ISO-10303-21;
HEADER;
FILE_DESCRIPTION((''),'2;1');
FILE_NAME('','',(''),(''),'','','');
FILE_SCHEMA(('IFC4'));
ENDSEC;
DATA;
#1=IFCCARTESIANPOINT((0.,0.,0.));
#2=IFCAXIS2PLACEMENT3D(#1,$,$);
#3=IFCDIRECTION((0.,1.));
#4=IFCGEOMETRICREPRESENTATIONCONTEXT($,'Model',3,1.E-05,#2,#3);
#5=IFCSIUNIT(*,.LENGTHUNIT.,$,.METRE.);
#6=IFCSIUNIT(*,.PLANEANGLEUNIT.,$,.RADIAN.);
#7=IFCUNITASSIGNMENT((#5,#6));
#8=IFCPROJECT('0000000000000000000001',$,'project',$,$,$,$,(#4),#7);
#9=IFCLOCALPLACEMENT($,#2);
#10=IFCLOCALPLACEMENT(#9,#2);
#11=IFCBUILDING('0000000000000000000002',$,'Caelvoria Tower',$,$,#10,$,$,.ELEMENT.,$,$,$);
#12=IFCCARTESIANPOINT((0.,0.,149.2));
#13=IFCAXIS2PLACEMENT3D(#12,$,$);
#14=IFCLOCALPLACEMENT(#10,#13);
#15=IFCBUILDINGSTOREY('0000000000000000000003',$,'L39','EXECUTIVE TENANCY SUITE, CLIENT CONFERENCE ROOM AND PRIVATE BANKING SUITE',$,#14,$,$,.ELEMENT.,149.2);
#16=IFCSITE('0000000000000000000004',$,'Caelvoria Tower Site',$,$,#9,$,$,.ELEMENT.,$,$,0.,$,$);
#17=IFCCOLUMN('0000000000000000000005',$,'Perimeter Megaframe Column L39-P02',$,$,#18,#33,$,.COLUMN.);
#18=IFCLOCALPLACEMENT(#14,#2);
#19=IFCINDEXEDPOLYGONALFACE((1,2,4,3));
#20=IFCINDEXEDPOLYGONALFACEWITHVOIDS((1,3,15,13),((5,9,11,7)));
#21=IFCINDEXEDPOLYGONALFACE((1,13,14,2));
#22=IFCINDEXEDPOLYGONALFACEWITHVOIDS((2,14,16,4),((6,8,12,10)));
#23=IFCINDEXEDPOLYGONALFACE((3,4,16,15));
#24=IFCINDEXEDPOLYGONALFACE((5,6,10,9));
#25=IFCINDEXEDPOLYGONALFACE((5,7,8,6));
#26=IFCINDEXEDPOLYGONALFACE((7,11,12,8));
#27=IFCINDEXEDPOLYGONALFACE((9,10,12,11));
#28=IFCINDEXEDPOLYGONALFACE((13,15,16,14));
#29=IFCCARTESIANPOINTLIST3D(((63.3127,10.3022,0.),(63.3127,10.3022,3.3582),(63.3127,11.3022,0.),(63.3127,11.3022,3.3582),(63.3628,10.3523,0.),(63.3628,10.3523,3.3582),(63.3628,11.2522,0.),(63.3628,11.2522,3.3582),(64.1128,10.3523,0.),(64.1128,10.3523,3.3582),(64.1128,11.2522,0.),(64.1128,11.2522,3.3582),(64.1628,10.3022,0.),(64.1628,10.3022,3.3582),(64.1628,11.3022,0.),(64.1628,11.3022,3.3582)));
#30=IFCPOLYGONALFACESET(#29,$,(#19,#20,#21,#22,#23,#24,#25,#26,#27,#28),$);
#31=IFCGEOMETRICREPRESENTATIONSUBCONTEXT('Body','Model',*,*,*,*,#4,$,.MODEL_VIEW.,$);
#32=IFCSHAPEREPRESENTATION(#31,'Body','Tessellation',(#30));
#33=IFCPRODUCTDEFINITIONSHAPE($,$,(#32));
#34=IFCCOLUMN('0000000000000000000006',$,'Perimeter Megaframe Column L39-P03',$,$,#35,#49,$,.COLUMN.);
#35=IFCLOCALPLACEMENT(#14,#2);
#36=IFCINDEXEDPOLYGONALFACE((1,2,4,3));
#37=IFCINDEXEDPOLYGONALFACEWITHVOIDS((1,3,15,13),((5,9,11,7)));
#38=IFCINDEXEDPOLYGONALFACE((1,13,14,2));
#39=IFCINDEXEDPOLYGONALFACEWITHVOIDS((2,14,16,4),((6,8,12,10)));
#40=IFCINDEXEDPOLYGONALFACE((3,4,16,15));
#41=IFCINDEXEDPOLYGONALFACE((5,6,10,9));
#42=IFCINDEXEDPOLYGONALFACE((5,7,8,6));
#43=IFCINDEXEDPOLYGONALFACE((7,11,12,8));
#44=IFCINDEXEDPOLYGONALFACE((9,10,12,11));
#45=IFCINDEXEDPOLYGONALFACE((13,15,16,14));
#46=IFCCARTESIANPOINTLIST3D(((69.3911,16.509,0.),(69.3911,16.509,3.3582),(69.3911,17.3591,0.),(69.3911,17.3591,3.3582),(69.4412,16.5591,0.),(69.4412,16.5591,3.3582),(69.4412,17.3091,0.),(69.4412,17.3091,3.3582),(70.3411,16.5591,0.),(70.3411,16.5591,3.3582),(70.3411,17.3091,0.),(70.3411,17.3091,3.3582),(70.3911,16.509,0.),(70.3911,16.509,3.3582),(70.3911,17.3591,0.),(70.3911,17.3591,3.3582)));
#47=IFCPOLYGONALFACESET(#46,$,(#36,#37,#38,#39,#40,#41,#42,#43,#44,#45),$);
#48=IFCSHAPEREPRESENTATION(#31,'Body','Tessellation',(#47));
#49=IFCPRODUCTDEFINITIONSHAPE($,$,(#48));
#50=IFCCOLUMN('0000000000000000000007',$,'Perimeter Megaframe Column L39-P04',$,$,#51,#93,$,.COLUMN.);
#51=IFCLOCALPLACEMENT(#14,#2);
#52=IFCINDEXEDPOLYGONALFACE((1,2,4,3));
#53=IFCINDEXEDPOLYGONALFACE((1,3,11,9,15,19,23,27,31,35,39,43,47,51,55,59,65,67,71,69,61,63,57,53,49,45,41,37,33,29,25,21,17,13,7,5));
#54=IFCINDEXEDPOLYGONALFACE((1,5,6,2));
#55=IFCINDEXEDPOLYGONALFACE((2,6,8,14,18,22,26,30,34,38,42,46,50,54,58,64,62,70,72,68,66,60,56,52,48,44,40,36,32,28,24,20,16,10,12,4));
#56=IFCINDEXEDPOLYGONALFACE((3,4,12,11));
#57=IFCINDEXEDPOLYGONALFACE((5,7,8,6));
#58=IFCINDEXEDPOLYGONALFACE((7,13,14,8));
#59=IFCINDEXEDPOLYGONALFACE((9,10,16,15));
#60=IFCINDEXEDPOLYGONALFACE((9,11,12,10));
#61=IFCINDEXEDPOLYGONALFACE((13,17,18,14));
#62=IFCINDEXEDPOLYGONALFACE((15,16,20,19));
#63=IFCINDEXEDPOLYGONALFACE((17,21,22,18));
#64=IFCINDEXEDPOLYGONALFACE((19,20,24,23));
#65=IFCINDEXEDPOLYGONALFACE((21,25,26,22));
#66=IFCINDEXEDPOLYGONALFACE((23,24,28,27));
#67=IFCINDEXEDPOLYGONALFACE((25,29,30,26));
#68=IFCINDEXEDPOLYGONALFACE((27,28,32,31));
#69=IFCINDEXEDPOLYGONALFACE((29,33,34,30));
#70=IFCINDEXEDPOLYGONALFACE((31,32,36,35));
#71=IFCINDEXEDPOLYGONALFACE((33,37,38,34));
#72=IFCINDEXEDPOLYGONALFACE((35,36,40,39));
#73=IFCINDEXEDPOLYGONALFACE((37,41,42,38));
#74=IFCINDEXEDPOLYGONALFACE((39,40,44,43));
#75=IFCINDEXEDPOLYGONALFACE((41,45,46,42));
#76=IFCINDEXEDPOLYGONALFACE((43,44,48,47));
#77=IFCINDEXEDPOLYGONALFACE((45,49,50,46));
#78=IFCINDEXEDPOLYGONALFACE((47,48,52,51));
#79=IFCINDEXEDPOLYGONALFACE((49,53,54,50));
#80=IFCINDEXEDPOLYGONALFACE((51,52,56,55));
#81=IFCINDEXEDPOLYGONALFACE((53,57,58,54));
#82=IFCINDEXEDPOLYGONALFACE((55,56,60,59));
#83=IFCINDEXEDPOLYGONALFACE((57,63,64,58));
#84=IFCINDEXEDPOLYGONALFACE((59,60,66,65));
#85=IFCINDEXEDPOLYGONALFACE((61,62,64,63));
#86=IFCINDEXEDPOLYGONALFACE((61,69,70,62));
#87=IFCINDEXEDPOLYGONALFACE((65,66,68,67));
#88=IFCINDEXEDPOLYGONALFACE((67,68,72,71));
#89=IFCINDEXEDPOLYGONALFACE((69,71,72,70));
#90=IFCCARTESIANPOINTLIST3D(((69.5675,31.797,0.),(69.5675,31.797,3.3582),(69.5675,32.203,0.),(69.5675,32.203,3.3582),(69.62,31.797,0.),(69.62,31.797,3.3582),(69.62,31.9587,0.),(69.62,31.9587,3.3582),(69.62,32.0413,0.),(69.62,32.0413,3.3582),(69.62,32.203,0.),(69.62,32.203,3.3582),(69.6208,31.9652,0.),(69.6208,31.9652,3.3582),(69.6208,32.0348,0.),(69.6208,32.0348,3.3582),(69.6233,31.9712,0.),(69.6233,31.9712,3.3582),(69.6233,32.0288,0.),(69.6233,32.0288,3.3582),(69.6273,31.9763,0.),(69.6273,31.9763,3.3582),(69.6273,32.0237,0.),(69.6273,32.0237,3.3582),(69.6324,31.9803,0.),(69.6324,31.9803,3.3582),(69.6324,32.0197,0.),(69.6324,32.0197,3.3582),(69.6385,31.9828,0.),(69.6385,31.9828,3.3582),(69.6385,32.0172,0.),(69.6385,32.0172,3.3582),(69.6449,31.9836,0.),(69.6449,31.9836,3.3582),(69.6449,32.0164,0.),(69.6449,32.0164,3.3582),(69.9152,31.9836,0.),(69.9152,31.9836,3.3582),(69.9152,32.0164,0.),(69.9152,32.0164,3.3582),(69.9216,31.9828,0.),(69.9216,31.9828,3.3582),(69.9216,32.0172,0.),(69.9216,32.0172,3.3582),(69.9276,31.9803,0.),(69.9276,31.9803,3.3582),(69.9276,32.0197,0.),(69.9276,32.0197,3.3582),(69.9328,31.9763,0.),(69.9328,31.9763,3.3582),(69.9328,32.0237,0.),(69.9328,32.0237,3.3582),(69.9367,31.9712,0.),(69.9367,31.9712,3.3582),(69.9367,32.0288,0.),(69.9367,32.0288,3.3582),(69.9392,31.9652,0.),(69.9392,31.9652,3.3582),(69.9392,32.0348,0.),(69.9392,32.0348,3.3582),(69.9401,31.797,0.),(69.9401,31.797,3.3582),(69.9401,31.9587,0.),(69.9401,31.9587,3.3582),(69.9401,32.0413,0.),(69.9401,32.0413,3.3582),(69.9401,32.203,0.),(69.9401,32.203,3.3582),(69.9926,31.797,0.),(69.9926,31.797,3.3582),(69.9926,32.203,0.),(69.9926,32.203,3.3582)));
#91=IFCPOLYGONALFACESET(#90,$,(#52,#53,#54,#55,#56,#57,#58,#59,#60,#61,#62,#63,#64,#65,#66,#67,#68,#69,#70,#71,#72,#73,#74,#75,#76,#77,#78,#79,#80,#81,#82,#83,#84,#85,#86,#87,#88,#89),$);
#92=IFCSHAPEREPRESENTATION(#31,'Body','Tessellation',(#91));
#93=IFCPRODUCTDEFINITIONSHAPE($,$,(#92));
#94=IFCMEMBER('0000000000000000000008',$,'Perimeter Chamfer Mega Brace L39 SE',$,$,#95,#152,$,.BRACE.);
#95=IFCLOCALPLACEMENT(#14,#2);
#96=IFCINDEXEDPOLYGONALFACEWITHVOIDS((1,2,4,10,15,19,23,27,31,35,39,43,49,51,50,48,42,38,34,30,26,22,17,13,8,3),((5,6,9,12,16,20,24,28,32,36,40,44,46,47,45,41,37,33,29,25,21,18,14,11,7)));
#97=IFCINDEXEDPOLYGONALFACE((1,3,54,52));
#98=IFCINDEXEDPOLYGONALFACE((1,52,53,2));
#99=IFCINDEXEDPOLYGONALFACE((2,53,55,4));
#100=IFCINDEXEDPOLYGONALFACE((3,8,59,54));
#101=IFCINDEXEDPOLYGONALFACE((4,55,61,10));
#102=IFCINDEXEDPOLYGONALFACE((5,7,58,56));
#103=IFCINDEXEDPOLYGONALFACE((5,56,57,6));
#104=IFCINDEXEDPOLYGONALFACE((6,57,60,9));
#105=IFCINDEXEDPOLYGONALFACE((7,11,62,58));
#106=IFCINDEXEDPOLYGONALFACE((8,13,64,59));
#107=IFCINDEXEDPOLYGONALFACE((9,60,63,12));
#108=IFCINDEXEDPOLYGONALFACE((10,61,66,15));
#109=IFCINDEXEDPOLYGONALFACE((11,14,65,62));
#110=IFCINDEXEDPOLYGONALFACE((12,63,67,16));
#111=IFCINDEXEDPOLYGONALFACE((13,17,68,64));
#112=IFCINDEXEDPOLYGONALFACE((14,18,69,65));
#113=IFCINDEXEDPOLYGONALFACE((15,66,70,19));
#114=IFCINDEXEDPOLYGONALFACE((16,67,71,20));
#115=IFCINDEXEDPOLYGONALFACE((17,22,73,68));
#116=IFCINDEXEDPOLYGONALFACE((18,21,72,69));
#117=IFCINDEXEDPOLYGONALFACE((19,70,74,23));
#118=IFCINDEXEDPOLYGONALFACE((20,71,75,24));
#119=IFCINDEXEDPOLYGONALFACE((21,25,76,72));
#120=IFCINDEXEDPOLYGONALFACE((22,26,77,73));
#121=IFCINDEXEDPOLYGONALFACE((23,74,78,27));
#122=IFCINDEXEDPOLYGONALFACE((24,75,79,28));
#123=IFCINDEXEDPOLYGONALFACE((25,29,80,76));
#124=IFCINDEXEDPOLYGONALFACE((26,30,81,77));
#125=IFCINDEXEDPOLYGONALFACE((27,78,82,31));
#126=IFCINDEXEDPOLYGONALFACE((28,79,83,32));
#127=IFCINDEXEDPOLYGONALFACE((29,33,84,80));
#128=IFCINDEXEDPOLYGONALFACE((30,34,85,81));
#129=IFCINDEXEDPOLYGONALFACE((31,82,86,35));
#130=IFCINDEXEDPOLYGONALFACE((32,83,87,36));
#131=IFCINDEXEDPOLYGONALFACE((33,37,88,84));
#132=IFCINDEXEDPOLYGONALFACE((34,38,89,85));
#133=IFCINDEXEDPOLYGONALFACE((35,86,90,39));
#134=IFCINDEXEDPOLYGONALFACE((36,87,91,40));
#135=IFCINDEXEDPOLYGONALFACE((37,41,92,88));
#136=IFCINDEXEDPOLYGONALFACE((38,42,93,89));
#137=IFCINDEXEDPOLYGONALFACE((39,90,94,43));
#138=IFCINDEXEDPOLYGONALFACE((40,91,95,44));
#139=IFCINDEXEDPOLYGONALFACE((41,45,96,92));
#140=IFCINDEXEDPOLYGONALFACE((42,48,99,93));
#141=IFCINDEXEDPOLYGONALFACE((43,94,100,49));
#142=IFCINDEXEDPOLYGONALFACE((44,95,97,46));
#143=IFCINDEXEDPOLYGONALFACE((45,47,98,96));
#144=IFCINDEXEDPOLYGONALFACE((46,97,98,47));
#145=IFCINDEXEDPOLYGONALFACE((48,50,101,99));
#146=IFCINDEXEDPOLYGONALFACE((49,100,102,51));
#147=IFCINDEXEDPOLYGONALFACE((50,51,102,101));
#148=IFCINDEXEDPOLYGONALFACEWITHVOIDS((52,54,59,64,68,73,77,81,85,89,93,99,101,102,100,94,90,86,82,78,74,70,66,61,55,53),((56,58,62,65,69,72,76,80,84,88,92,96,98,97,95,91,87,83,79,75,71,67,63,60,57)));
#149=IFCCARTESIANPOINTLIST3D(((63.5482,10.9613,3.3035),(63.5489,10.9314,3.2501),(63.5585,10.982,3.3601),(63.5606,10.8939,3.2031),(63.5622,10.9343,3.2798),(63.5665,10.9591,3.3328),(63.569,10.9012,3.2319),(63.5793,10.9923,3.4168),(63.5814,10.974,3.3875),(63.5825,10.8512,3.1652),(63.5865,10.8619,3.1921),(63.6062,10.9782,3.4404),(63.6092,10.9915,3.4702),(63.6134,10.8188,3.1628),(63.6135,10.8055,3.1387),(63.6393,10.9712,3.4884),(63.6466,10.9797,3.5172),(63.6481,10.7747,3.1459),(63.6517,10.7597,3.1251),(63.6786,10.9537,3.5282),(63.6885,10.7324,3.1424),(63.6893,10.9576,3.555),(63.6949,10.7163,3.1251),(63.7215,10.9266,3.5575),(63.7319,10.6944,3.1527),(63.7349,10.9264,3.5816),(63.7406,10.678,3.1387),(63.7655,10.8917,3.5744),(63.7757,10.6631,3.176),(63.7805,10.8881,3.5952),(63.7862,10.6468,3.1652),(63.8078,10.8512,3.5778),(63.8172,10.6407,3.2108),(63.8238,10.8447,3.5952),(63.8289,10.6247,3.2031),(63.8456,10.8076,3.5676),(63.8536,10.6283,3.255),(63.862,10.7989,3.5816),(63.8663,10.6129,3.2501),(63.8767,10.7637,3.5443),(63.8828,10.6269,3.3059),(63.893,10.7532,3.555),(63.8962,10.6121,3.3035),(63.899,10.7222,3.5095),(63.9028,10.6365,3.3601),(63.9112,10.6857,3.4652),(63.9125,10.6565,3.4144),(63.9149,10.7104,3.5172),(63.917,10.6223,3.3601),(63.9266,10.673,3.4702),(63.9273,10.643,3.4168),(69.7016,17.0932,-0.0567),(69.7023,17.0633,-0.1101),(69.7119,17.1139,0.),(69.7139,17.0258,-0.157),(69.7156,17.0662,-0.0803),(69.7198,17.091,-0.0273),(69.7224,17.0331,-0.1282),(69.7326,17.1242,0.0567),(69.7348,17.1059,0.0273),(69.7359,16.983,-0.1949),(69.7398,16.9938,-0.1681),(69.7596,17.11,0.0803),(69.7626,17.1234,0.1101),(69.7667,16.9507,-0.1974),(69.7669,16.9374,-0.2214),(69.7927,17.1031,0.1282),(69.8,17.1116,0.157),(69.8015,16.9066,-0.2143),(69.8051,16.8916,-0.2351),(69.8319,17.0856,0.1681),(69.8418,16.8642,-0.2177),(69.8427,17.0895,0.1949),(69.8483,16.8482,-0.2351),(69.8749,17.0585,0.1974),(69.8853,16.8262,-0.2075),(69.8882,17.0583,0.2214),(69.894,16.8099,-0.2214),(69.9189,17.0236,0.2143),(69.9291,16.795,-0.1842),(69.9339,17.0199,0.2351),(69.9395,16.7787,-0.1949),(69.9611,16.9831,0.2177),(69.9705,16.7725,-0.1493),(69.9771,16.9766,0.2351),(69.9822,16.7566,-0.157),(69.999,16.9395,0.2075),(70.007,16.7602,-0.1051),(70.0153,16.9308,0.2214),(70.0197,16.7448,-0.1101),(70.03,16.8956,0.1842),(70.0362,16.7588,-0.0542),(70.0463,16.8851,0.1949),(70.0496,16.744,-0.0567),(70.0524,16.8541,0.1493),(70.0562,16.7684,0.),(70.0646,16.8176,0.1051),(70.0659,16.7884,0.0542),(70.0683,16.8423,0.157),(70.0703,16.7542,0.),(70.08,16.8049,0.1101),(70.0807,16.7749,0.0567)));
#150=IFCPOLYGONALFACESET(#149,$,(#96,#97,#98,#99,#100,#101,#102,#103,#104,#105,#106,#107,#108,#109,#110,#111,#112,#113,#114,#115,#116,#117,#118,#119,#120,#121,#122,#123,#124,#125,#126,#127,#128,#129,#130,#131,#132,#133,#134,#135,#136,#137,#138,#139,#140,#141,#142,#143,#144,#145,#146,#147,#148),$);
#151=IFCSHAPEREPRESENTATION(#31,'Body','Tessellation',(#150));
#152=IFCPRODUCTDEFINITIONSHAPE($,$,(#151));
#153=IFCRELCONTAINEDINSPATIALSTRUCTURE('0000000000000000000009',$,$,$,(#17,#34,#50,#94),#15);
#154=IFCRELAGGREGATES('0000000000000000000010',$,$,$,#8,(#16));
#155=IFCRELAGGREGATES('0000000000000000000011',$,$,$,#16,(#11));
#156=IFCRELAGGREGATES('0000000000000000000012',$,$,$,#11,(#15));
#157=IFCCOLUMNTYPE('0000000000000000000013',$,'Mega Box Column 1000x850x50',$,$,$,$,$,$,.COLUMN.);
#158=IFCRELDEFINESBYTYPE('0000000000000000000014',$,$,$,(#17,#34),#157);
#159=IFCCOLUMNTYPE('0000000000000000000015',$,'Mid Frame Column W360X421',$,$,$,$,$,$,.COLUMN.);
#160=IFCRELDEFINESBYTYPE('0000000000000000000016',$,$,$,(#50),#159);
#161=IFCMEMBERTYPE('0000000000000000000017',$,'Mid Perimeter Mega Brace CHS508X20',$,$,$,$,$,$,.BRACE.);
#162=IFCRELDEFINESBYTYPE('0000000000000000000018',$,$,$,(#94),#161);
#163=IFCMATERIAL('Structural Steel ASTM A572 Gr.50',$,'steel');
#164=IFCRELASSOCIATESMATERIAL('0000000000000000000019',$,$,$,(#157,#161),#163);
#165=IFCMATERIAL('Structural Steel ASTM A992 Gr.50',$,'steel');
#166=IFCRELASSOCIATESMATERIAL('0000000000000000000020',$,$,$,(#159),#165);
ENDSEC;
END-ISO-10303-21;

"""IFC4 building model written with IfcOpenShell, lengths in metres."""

from ifc_helpers import new_model, si_unit, direction, frame, origin, origin_2d, place, context, subcontext, project, spatial, hollow_rectangle, hollow_circle, i_section, extrude, material, material_profile, profile_set, type_object, element, save


model = new_model("IFC4")

# Units and contexts
model_context = context("Model", 3, precision=1e-05, world=origin(), true_north=direction((0.0, 1.0)))
body_context = subcontext(model_context, "Body", "Model", "MODEL_VIEW")
ifc_project = project(units=[si_unit("LENGTHUNIT", "METRE"), si_unit("PLANEANGLEUNIT", "RADIAN")], contexts=[model_context])

# Site, building, storey
site_placement = place(None, origin())
site = spatial("IfcSite", under=ifc_project, at=site_placement, Name="Caelvoria Tower Site", CompositionType="ELEMENT", RefElevation=0.0)
building_placement = place(site_placement, origin())
building = spatial("IfcBuilding", under=site, at=building_placement, Name="Caelvoria Tower", CompositionType="ELEMENT")
storey_placement = place(building_placement, frame((0.0, 0.0, 149.2)))
storey = spatial("IfcBuildingStorey", under=building, at=storey_placement, Name="L39", Description="EXECUTIVE TENANCY SUITE, CLIENT CONFERENCE ROOM AND PRIVATE BANKING SUITE", CompositionType="ELEMENT", Elevation=149.2)

# Columns
ifc_material_1 = material(Name="Structural Steel ASTM A572 Gr.50", Category="steel")
ifc_material_profile_1 = material_profile(ifc_material_1, hollow_rectangle(XDim=0.8501, YDim=1.0, WallThickness=0.05, at=origin_2d()), Name="Structural Steel ASTM A572 Gr.50")
ifc_profile_set_1 = profile_set([ifc_material_profile_1], Name="BOX1000X850X50 - Structural Steel ASTM A572 Gr.50")
column_type_1 = type_object("IfcColumnType", Name="Mega Box Column 1000x850x50", PredefinedType="COLUMN", material=ifc_profile_set_1)
for number, where, z_axis, x_axis, name in (
    (1, (63.7378, 10.8022, 0.0), (0.0, 0.0, 1.0), (1.0, 0.0, 0.0), "Perimeter Megaframe Column L39-P02"),
    (2, (69.8911, 16.9341, 0.0), (0.0, 0.0, 1.0), (0.0, 1.0, 0.0), "Perimeter Megaframe Column L39-P03"),
):
    element("IfcColumn", number, at=place(storey_placement, frame(where, z_axis=z_axis, x_axis=x_axis)), inside=storey, type_object=column_type_1, Name=name, PredefinedType="COLUMN", context=body_context, shape_type="SweptSolid", body=[
        extrude(hollow_rectangle(XDim=0.8501, YDim=1.0, WallThickness=0.05, at=origin_2d()), origin(), (0.0, 0.0, 1.0), 3.3582),
    ])
ifc_material_2 = material(Name="Structural Steel ASTM A992 Gr.50", Category="steel")
ifc_material_profile_2 = material_profile(ifc_material_2, i_section(OverallWidth=0.406, OverallDepth=0.425, WebThickness=0.0327, FlangeThickness=0.0525, FilletRadius=0.0249, at=origin_2d()), Name="Structural Steel ASTM A992 Gr.50")
ifc_profile_set_2 = profile_set([ifc_material_profile_2], Name="W360X421 - Structural Steel ASTM A992 Gr.50")
column_type_2 = type_object("IfcColumnType", Name="Mid Frame Column W360X421", PredefinedType="COLUMN", material=ifc_profile_set_2)
column_placement = place(storey_placement, frame((69.78, 32.0, 0.0), z_axis=(0.0, 0.0, 1.0), x_axis=(0.0, 1.0, 0.0)))
element("IfcColumn", 3, at=column_placement, inside=storey, type_object=column_type_2, Name="Perimeter Megaframe Column L39-P04", PredefinedType="COLUMN", context=body_context, shape_type="SweptSolid", body=[
    extrude(i_section(OverallWidth=0.406, OverallDepth=0.425, WebThickness=0.0327, FlangeThickness=0.0525, FilletRadius=0.0249, at=origin_2d()), origin(), (0.0, 0.0, 1.0), 3.3582),
])

# Member
ifc_material_profile_3 = material_profile(ifc_material_1, hollow_circle(Radius=0.2539, WallThickness=0.02, at=origin_2d()), Name="Structural Steel ASTM A572 Gr.50")
ifc_profile_set_3 = profile_set([ifc_material_profile_3], Name="CHS508X20 - Structural Steel ASTM A572 Gr.50")
member_type = type_object("IfcMemberType", Name="Mid Perimeter Mega Brace CHS508X20", PredefinedType="BRACE", material=ifc_profile_set_3)
member_1_placement = place(storey_placement, frame((69.8911, 16.9341, 0.0), z_axis=(-0.660643, -0.658337, 0.360754), x_axis=(0.705869, -0.708342, 0.0)))
element("IfcMember", 4, at=member_1_placement, inside=storey, type_object=member_type, Name="Perimeter Chamfer Mega Brace L39 SE", PredefinedType="BRACE", context=body_context, shape_type="SweptSolid", body=[
    extrude(hollow_circle(Radius=0.2539, WallThickness=0.02, at=origin_2d()), origin(), (0.0, 0.0, 1.0), 9.3142),
])

save(model, "model.ifc")
